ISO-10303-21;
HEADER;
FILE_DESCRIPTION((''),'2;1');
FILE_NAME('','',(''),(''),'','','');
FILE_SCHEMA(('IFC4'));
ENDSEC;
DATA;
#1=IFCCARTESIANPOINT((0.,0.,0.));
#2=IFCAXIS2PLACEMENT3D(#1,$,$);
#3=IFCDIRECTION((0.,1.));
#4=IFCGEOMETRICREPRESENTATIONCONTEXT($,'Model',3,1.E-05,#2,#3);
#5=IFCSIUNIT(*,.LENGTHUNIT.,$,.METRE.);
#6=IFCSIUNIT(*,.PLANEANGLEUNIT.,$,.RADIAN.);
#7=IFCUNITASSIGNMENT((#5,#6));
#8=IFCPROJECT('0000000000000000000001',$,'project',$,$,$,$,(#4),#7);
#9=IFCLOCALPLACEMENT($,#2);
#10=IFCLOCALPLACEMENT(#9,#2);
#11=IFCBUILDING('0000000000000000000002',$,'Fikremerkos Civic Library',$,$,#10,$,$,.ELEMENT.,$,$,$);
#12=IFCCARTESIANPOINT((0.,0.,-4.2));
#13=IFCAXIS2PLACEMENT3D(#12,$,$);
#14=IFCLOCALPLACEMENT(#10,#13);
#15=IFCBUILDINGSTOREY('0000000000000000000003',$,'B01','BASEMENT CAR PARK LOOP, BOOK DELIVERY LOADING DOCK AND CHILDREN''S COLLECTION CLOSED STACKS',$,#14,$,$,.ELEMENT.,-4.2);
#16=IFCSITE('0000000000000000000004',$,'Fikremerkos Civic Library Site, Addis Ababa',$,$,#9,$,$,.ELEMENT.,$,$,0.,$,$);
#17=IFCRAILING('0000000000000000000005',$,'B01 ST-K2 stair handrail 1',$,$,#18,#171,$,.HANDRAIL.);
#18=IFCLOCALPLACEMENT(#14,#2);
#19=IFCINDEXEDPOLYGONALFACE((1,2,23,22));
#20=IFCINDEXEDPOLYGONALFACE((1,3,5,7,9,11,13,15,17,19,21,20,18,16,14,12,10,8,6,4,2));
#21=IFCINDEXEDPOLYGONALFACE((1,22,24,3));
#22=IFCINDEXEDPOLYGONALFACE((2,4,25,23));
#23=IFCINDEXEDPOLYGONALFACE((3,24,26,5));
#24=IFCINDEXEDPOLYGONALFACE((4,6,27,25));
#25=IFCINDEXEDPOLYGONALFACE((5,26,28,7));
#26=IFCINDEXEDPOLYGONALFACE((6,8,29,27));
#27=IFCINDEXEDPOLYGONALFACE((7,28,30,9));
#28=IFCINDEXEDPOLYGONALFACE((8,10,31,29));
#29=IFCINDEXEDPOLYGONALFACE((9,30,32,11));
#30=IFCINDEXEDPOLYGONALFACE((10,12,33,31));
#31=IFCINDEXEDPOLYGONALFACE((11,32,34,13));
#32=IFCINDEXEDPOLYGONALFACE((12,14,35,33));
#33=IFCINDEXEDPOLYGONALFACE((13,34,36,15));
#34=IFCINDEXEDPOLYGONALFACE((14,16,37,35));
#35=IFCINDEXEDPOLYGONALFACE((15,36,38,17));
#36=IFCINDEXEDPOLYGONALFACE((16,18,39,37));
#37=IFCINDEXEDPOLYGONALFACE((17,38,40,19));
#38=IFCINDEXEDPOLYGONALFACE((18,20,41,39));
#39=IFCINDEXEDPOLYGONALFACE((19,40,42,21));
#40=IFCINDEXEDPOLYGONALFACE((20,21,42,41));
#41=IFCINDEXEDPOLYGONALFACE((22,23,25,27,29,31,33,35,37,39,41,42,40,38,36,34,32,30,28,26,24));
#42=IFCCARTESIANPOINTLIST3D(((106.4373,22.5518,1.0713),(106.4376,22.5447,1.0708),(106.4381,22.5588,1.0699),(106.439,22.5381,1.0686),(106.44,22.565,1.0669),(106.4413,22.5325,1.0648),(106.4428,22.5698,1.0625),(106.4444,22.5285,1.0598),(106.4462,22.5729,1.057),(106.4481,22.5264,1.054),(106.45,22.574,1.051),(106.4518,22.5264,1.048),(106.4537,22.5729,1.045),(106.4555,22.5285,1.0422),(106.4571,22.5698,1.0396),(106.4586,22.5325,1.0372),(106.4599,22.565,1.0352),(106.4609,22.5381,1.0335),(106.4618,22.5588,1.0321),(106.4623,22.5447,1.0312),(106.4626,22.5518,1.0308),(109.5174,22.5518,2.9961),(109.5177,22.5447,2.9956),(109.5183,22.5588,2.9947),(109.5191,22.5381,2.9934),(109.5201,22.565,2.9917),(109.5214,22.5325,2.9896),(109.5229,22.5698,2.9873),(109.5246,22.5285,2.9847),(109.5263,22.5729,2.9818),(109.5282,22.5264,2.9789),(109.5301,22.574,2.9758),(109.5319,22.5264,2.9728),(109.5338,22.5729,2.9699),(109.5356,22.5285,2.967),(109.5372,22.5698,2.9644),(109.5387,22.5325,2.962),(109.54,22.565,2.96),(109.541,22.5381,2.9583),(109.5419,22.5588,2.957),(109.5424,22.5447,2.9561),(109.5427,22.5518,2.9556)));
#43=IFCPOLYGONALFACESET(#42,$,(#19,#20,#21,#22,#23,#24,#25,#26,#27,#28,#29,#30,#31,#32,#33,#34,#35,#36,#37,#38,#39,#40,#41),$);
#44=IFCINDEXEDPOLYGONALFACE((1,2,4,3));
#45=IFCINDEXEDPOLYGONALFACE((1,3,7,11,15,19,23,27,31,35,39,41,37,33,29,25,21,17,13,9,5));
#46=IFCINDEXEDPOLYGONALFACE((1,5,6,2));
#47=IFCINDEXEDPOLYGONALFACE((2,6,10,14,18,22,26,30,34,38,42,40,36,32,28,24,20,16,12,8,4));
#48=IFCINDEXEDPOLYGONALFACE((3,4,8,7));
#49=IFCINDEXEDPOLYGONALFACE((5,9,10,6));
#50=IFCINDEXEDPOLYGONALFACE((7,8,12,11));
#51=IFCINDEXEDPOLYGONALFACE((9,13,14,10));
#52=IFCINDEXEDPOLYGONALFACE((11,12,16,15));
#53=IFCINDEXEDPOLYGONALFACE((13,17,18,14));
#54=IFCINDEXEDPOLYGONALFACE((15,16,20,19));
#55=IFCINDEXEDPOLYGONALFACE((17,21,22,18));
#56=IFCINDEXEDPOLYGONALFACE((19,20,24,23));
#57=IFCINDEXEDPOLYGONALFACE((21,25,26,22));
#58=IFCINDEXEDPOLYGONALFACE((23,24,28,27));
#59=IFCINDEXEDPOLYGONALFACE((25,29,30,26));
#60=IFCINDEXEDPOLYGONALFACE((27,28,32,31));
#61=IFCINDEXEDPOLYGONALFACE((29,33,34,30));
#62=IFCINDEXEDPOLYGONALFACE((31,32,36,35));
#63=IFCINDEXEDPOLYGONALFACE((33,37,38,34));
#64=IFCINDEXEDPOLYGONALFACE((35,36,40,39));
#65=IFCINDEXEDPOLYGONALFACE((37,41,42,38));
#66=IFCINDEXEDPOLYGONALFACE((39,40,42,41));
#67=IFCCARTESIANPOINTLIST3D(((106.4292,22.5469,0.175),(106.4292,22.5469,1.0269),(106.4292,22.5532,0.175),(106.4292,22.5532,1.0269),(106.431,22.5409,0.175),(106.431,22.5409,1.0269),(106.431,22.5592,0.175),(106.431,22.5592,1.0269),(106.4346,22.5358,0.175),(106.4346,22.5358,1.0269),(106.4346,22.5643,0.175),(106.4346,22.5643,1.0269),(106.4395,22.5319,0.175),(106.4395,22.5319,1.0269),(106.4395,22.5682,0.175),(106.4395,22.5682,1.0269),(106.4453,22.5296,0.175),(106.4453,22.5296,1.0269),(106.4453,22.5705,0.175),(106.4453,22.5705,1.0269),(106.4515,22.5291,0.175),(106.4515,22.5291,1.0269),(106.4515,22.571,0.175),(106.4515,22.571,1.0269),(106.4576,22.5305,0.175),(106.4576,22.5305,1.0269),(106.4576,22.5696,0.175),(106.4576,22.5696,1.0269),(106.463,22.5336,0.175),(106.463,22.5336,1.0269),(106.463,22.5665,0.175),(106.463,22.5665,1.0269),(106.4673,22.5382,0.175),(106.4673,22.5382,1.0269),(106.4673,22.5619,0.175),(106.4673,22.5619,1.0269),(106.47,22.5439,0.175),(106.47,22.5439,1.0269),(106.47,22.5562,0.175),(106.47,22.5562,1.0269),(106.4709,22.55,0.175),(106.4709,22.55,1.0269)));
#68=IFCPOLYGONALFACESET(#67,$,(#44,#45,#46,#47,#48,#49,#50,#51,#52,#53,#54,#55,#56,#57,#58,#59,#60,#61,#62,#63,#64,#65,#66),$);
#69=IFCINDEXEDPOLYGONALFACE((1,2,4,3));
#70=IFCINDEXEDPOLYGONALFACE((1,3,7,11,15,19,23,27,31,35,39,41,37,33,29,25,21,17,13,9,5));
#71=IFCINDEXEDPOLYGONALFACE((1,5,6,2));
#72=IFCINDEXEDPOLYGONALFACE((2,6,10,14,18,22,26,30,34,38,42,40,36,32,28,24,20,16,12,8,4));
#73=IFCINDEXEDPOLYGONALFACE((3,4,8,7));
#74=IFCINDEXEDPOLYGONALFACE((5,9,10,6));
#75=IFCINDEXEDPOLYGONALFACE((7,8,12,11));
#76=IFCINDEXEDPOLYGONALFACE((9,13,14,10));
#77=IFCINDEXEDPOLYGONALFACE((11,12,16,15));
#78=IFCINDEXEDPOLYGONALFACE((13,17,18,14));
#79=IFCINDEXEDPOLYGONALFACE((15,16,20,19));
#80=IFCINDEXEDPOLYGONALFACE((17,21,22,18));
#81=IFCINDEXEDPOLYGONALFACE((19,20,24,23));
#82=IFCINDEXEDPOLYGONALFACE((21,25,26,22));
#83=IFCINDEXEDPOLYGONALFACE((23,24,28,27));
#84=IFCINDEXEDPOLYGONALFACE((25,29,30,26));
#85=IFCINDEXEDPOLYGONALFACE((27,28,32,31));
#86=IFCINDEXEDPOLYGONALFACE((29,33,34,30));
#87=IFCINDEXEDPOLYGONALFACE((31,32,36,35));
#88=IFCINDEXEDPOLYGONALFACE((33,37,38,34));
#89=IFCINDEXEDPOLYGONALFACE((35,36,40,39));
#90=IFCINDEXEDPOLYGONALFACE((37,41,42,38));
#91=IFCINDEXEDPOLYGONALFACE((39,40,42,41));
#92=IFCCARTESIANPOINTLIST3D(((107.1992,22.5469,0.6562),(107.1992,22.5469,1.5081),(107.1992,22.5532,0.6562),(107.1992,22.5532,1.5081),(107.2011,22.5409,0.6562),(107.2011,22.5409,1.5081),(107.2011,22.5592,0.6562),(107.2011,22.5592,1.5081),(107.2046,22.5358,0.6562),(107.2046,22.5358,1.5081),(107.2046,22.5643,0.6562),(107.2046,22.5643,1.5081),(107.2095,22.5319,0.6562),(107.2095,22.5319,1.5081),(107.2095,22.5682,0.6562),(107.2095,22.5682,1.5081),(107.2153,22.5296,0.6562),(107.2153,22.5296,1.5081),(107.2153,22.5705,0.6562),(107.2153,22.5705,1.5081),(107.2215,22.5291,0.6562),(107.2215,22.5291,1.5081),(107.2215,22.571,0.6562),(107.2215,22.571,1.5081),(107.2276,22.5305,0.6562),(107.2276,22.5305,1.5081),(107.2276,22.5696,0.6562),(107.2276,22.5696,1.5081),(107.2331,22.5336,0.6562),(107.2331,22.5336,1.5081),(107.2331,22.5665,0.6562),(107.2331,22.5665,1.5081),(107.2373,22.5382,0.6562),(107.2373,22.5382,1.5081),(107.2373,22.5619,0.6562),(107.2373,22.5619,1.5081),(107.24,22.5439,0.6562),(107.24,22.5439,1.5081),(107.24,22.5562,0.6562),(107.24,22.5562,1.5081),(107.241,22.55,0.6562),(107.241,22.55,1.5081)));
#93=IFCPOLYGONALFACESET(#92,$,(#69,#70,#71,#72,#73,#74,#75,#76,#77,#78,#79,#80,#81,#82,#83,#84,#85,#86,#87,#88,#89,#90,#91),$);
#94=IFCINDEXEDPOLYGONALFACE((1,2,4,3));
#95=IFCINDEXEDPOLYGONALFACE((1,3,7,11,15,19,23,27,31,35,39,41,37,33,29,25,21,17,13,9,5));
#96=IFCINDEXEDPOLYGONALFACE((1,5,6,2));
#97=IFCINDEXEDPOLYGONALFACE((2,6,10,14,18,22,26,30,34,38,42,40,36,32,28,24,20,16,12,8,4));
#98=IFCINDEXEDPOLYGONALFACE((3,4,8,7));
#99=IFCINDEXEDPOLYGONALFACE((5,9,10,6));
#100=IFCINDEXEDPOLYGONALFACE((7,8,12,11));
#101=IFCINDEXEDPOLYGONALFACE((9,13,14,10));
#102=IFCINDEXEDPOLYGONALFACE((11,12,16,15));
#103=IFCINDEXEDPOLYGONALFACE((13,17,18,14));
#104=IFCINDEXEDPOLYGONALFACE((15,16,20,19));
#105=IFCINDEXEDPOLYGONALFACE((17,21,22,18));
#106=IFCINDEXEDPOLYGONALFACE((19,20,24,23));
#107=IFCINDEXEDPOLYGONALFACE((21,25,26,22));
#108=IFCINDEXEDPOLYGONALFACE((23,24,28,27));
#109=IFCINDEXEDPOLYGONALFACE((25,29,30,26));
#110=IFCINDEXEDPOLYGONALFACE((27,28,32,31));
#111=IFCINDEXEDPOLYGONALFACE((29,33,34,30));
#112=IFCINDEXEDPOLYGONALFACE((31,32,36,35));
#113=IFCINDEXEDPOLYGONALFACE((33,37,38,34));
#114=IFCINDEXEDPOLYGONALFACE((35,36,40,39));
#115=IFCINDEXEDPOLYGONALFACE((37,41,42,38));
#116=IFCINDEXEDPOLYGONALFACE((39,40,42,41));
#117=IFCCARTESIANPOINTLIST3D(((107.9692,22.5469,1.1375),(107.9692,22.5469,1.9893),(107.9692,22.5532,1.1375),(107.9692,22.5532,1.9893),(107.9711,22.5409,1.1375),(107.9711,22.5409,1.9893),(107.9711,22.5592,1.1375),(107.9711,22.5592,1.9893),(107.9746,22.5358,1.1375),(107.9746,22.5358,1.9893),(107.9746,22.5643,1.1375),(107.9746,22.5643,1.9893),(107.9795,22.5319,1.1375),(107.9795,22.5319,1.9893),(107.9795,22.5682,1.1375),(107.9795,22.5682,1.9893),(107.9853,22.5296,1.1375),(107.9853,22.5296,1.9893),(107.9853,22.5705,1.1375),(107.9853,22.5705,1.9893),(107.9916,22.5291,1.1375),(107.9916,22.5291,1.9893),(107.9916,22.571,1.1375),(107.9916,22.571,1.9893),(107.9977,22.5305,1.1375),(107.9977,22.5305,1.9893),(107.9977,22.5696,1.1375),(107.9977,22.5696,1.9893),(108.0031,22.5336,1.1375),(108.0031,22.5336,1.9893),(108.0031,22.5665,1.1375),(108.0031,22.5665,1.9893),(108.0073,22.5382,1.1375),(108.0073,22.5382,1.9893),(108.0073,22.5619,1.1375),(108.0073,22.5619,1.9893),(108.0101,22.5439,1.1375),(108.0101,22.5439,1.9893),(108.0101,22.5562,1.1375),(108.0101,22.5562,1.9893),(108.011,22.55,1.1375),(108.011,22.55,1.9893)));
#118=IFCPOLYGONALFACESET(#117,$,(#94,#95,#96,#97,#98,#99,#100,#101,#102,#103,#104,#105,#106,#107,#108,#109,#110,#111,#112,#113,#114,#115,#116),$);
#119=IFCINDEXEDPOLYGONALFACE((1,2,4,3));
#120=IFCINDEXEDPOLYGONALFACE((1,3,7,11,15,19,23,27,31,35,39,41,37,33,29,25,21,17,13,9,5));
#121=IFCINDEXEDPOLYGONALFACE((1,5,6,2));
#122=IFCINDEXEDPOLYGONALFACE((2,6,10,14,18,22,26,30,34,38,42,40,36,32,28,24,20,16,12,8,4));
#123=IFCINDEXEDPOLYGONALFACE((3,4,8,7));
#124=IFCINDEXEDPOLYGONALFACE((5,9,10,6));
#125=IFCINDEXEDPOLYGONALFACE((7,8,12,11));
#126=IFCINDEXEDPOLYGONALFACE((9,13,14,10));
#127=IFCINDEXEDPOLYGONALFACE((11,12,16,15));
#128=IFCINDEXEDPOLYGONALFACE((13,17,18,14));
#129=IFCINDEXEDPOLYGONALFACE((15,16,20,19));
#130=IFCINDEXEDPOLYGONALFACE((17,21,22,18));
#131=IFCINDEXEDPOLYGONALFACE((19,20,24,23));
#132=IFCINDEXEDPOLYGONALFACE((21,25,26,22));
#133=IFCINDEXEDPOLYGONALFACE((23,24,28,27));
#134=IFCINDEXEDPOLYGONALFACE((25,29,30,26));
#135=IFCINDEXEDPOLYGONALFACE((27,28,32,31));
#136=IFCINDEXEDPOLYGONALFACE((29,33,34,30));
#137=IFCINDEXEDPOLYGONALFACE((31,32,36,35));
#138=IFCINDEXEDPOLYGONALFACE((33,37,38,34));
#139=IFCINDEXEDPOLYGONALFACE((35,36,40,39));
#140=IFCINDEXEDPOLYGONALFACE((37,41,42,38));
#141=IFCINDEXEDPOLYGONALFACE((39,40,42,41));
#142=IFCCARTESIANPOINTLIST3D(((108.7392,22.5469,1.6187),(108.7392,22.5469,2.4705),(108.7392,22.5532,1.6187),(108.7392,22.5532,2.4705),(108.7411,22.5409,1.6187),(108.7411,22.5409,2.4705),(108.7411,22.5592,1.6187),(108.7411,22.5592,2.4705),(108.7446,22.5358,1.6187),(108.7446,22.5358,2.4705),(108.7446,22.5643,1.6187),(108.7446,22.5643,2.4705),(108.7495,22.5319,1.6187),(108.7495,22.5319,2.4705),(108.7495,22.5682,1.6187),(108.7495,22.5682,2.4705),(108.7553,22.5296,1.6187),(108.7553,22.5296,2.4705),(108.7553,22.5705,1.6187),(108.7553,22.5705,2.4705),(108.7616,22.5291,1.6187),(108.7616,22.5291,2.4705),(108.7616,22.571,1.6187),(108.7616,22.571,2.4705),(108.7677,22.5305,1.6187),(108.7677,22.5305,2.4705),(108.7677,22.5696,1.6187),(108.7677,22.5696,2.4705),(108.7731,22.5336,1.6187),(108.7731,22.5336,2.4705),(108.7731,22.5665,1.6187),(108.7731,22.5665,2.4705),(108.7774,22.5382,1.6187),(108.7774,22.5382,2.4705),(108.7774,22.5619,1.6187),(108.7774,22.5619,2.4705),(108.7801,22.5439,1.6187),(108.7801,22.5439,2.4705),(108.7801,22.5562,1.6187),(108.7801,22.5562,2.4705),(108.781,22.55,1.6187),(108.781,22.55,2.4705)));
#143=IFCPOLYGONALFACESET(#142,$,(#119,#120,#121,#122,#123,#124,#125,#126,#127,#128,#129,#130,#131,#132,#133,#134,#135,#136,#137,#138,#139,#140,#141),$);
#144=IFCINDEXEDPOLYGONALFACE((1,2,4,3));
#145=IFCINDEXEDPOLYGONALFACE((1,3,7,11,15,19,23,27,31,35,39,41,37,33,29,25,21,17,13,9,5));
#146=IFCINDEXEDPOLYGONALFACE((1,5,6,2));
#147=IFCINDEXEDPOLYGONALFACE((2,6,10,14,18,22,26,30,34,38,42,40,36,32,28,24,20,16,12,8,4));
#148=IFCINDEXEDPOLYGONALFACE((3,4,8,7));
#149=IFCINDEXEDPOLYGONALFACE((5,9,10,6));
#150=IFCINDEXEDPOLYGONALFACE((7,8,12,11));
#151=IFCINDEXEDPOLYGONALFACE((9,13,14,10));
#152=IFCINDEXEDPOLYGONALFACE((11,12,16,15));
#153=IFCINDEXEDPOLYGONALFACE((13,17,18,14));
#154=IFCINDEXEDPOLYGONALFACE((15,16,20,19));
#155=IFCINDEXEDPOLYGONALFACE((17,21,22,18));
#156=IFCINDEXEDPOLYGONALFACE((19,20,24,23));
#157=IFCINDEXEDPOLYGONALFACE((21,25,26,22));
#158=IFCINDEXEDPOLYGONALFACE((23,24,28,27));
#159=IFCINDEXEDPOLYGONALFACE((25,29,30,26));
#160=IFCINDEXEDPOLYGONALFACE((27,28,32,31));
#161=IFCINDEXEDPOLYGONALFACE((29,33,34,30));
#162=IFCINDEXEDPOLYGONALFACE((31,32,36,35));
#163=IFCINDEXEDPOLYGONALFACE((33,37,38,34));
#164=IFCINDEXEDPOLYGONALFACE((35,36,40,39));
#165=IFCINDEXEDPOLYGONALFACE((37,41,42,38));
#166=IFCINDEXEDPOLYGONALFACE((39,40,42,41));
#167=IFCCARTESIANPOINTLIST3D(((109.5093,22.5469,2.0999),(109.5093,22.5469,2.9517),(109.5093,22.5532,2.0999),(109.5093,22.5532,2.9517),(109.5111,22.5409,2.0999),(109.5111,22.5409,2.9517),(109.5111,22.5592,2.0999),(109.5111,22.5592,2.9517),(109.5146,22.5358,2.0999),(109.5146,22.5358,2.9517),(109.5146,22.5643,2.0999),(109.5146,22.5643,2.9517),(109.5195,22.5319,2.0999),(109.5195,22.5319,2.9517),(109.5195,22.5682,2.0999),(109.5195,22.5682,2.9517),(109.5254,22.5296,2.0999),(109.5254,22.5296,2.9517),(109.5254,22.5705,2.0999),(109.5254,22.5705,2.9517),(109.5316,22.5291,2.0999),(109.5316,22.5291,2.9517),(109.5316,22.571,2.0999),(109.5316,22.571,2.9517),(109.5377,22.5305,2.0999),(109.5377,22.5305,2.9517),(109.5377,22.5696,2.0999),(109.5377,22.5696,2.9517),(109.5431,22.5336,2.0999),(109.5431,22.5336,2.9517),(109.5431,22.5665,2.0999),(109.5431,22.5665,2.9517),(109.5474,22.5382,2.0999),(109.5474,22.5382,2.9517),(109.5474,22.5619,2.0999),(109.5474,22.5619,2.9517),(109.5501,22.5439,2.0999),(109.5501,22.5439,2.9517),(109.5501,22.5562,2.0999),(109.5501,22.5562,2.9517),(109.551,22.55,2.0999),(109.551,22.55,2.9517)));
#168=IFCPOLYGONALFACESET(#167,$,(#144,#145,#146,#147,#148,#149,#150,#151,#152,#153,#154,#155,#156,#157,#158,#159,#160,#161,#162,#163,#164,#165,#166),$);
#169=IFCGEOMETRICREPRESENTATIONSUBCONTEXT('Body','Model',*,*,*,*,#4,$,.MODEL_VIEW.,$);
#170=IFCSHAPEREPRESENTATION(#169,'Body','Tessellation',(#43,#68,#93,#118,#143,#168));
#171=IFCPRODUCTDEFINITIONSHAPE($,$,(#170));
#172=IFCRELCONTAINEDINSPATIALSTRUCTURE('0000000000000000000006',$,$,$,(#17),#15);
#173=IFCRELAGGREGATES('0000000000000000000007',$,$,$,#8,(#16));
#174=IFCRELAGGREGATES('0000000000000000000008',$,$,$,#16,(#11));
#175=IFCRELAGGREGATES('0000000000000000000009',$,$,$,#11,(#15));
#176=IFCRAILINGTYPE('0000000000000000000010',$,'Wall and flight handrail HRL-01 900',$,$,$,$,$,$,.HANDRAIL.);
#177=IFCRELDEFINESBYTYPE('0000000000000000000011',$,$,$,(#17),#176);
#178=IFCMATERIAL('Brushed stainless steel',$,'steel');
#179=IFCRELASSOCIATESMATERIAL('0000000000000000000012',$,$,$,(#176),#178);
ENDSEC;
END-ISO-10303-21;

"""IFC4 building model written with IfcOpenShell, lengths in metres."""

from ifc_helpers import new_model, si_unit, direction, frame, origin, origin_2d, place, context, subcontext, project, spatial, circle, extrude, material, type_object, element, save


model = new_model("IFC4")

# Units and contexts
model_context = context("Model", 3, precision=1e-05, world=origin(), true_north=direction((0.0, 1.0)))
body_context = subcontext(model_context, "Body", "Model", "MODEL_VIEW")
ifc_project = project(units=[si_unit("LENGTHUNIT", "METRE"), si_unit("PLANEANGLEUNIT", "RADIAN")], contexts=[model_context])

# Site, building, storey
site_placement = place(None, origin())
site = spatial("IfcSite", under=ifc_project, at=site_placement, Name="Fikremerkos Civic Library Site, Addis Ababa", CompositionType="ELEMENT", RefElevation=0.0)
building_placement = place(site_placement, origin())
building = spatial("IfcBuilding", under=site, at=building_placement, Name="Fikremerkos Civic Library", CompositionType="ELEMENT")
storey_placement = place(building_placement, frame((0.0, 0.0, -4.2)))
storey = spatial("IfcBuildingStorey", under=building, at=storey_placement, Name="B01", Description="BASEMENT CAR PARK LOOP, BOOK DELIVERY LOADING DOCK AND CHILDREN'S COLLECTION CLOSED STACKS", CompositionType="ELEMENT", Elevation=-4.2)

# Railing
ifc_material_1 = material(Name="Brushed stainless steel", Category="steel")
railing_type_1 = type_object("IfcRailingType", Name="Wall and flight handrail HRL-01 900", PredefinedType="HANDRAIL", material=ifc_material_1)
railing_1_placement = place(storey_placement, frame((106.45, 22.55, 0.175)))
element("IfcRailing", 1, at=railing_1_placement, inside=storey, type_object=railing_type_1, Name="B01 ST-K2 stair handrail 1", PredefinedType="HANDRAIL", context=body_context, shape_type="SweptSolid", body=[
    extrude(circle(Radius=0.0239, at=origin_2d()), frame((0.0, 0.0, 0.876), z_axis=(0.848029, 0.0, 0.529951), x_axis=(0.0, 1.0, 0.0)), (0.0, 0.0, 1.0), 3.6321),
    extrude(circle(Radius=0.021, at=origin_2d()), origin(), (0.0, 0.0, 1.0), 0.8518),
    extrude(circle(Radius=0.021, at=origin_2d()), frame((0.77, 0.0, 0.4812)), (0.0, 0.0, 1.0), 0.8518),
    extrude(circle(Radius=0.021, at=origin_2d()), frame((1.54, 0.0, 0.9624)), (0.0, 0.0, 1.0), 0.8518),
    extrude(circle(Radius=0.021, at=origin_2d()), frame((2.3101, 0.0, 1.4436)), (0.0, 0.0, 1.0), 0.8518),
    extrude(circle(Radius=0.021, at=origin_2d()), frame((3.0801, 0.0, 1.9248)), (0.0, 0.0, 1.0), 0.8518),
])

save(model, "model.ifc")
